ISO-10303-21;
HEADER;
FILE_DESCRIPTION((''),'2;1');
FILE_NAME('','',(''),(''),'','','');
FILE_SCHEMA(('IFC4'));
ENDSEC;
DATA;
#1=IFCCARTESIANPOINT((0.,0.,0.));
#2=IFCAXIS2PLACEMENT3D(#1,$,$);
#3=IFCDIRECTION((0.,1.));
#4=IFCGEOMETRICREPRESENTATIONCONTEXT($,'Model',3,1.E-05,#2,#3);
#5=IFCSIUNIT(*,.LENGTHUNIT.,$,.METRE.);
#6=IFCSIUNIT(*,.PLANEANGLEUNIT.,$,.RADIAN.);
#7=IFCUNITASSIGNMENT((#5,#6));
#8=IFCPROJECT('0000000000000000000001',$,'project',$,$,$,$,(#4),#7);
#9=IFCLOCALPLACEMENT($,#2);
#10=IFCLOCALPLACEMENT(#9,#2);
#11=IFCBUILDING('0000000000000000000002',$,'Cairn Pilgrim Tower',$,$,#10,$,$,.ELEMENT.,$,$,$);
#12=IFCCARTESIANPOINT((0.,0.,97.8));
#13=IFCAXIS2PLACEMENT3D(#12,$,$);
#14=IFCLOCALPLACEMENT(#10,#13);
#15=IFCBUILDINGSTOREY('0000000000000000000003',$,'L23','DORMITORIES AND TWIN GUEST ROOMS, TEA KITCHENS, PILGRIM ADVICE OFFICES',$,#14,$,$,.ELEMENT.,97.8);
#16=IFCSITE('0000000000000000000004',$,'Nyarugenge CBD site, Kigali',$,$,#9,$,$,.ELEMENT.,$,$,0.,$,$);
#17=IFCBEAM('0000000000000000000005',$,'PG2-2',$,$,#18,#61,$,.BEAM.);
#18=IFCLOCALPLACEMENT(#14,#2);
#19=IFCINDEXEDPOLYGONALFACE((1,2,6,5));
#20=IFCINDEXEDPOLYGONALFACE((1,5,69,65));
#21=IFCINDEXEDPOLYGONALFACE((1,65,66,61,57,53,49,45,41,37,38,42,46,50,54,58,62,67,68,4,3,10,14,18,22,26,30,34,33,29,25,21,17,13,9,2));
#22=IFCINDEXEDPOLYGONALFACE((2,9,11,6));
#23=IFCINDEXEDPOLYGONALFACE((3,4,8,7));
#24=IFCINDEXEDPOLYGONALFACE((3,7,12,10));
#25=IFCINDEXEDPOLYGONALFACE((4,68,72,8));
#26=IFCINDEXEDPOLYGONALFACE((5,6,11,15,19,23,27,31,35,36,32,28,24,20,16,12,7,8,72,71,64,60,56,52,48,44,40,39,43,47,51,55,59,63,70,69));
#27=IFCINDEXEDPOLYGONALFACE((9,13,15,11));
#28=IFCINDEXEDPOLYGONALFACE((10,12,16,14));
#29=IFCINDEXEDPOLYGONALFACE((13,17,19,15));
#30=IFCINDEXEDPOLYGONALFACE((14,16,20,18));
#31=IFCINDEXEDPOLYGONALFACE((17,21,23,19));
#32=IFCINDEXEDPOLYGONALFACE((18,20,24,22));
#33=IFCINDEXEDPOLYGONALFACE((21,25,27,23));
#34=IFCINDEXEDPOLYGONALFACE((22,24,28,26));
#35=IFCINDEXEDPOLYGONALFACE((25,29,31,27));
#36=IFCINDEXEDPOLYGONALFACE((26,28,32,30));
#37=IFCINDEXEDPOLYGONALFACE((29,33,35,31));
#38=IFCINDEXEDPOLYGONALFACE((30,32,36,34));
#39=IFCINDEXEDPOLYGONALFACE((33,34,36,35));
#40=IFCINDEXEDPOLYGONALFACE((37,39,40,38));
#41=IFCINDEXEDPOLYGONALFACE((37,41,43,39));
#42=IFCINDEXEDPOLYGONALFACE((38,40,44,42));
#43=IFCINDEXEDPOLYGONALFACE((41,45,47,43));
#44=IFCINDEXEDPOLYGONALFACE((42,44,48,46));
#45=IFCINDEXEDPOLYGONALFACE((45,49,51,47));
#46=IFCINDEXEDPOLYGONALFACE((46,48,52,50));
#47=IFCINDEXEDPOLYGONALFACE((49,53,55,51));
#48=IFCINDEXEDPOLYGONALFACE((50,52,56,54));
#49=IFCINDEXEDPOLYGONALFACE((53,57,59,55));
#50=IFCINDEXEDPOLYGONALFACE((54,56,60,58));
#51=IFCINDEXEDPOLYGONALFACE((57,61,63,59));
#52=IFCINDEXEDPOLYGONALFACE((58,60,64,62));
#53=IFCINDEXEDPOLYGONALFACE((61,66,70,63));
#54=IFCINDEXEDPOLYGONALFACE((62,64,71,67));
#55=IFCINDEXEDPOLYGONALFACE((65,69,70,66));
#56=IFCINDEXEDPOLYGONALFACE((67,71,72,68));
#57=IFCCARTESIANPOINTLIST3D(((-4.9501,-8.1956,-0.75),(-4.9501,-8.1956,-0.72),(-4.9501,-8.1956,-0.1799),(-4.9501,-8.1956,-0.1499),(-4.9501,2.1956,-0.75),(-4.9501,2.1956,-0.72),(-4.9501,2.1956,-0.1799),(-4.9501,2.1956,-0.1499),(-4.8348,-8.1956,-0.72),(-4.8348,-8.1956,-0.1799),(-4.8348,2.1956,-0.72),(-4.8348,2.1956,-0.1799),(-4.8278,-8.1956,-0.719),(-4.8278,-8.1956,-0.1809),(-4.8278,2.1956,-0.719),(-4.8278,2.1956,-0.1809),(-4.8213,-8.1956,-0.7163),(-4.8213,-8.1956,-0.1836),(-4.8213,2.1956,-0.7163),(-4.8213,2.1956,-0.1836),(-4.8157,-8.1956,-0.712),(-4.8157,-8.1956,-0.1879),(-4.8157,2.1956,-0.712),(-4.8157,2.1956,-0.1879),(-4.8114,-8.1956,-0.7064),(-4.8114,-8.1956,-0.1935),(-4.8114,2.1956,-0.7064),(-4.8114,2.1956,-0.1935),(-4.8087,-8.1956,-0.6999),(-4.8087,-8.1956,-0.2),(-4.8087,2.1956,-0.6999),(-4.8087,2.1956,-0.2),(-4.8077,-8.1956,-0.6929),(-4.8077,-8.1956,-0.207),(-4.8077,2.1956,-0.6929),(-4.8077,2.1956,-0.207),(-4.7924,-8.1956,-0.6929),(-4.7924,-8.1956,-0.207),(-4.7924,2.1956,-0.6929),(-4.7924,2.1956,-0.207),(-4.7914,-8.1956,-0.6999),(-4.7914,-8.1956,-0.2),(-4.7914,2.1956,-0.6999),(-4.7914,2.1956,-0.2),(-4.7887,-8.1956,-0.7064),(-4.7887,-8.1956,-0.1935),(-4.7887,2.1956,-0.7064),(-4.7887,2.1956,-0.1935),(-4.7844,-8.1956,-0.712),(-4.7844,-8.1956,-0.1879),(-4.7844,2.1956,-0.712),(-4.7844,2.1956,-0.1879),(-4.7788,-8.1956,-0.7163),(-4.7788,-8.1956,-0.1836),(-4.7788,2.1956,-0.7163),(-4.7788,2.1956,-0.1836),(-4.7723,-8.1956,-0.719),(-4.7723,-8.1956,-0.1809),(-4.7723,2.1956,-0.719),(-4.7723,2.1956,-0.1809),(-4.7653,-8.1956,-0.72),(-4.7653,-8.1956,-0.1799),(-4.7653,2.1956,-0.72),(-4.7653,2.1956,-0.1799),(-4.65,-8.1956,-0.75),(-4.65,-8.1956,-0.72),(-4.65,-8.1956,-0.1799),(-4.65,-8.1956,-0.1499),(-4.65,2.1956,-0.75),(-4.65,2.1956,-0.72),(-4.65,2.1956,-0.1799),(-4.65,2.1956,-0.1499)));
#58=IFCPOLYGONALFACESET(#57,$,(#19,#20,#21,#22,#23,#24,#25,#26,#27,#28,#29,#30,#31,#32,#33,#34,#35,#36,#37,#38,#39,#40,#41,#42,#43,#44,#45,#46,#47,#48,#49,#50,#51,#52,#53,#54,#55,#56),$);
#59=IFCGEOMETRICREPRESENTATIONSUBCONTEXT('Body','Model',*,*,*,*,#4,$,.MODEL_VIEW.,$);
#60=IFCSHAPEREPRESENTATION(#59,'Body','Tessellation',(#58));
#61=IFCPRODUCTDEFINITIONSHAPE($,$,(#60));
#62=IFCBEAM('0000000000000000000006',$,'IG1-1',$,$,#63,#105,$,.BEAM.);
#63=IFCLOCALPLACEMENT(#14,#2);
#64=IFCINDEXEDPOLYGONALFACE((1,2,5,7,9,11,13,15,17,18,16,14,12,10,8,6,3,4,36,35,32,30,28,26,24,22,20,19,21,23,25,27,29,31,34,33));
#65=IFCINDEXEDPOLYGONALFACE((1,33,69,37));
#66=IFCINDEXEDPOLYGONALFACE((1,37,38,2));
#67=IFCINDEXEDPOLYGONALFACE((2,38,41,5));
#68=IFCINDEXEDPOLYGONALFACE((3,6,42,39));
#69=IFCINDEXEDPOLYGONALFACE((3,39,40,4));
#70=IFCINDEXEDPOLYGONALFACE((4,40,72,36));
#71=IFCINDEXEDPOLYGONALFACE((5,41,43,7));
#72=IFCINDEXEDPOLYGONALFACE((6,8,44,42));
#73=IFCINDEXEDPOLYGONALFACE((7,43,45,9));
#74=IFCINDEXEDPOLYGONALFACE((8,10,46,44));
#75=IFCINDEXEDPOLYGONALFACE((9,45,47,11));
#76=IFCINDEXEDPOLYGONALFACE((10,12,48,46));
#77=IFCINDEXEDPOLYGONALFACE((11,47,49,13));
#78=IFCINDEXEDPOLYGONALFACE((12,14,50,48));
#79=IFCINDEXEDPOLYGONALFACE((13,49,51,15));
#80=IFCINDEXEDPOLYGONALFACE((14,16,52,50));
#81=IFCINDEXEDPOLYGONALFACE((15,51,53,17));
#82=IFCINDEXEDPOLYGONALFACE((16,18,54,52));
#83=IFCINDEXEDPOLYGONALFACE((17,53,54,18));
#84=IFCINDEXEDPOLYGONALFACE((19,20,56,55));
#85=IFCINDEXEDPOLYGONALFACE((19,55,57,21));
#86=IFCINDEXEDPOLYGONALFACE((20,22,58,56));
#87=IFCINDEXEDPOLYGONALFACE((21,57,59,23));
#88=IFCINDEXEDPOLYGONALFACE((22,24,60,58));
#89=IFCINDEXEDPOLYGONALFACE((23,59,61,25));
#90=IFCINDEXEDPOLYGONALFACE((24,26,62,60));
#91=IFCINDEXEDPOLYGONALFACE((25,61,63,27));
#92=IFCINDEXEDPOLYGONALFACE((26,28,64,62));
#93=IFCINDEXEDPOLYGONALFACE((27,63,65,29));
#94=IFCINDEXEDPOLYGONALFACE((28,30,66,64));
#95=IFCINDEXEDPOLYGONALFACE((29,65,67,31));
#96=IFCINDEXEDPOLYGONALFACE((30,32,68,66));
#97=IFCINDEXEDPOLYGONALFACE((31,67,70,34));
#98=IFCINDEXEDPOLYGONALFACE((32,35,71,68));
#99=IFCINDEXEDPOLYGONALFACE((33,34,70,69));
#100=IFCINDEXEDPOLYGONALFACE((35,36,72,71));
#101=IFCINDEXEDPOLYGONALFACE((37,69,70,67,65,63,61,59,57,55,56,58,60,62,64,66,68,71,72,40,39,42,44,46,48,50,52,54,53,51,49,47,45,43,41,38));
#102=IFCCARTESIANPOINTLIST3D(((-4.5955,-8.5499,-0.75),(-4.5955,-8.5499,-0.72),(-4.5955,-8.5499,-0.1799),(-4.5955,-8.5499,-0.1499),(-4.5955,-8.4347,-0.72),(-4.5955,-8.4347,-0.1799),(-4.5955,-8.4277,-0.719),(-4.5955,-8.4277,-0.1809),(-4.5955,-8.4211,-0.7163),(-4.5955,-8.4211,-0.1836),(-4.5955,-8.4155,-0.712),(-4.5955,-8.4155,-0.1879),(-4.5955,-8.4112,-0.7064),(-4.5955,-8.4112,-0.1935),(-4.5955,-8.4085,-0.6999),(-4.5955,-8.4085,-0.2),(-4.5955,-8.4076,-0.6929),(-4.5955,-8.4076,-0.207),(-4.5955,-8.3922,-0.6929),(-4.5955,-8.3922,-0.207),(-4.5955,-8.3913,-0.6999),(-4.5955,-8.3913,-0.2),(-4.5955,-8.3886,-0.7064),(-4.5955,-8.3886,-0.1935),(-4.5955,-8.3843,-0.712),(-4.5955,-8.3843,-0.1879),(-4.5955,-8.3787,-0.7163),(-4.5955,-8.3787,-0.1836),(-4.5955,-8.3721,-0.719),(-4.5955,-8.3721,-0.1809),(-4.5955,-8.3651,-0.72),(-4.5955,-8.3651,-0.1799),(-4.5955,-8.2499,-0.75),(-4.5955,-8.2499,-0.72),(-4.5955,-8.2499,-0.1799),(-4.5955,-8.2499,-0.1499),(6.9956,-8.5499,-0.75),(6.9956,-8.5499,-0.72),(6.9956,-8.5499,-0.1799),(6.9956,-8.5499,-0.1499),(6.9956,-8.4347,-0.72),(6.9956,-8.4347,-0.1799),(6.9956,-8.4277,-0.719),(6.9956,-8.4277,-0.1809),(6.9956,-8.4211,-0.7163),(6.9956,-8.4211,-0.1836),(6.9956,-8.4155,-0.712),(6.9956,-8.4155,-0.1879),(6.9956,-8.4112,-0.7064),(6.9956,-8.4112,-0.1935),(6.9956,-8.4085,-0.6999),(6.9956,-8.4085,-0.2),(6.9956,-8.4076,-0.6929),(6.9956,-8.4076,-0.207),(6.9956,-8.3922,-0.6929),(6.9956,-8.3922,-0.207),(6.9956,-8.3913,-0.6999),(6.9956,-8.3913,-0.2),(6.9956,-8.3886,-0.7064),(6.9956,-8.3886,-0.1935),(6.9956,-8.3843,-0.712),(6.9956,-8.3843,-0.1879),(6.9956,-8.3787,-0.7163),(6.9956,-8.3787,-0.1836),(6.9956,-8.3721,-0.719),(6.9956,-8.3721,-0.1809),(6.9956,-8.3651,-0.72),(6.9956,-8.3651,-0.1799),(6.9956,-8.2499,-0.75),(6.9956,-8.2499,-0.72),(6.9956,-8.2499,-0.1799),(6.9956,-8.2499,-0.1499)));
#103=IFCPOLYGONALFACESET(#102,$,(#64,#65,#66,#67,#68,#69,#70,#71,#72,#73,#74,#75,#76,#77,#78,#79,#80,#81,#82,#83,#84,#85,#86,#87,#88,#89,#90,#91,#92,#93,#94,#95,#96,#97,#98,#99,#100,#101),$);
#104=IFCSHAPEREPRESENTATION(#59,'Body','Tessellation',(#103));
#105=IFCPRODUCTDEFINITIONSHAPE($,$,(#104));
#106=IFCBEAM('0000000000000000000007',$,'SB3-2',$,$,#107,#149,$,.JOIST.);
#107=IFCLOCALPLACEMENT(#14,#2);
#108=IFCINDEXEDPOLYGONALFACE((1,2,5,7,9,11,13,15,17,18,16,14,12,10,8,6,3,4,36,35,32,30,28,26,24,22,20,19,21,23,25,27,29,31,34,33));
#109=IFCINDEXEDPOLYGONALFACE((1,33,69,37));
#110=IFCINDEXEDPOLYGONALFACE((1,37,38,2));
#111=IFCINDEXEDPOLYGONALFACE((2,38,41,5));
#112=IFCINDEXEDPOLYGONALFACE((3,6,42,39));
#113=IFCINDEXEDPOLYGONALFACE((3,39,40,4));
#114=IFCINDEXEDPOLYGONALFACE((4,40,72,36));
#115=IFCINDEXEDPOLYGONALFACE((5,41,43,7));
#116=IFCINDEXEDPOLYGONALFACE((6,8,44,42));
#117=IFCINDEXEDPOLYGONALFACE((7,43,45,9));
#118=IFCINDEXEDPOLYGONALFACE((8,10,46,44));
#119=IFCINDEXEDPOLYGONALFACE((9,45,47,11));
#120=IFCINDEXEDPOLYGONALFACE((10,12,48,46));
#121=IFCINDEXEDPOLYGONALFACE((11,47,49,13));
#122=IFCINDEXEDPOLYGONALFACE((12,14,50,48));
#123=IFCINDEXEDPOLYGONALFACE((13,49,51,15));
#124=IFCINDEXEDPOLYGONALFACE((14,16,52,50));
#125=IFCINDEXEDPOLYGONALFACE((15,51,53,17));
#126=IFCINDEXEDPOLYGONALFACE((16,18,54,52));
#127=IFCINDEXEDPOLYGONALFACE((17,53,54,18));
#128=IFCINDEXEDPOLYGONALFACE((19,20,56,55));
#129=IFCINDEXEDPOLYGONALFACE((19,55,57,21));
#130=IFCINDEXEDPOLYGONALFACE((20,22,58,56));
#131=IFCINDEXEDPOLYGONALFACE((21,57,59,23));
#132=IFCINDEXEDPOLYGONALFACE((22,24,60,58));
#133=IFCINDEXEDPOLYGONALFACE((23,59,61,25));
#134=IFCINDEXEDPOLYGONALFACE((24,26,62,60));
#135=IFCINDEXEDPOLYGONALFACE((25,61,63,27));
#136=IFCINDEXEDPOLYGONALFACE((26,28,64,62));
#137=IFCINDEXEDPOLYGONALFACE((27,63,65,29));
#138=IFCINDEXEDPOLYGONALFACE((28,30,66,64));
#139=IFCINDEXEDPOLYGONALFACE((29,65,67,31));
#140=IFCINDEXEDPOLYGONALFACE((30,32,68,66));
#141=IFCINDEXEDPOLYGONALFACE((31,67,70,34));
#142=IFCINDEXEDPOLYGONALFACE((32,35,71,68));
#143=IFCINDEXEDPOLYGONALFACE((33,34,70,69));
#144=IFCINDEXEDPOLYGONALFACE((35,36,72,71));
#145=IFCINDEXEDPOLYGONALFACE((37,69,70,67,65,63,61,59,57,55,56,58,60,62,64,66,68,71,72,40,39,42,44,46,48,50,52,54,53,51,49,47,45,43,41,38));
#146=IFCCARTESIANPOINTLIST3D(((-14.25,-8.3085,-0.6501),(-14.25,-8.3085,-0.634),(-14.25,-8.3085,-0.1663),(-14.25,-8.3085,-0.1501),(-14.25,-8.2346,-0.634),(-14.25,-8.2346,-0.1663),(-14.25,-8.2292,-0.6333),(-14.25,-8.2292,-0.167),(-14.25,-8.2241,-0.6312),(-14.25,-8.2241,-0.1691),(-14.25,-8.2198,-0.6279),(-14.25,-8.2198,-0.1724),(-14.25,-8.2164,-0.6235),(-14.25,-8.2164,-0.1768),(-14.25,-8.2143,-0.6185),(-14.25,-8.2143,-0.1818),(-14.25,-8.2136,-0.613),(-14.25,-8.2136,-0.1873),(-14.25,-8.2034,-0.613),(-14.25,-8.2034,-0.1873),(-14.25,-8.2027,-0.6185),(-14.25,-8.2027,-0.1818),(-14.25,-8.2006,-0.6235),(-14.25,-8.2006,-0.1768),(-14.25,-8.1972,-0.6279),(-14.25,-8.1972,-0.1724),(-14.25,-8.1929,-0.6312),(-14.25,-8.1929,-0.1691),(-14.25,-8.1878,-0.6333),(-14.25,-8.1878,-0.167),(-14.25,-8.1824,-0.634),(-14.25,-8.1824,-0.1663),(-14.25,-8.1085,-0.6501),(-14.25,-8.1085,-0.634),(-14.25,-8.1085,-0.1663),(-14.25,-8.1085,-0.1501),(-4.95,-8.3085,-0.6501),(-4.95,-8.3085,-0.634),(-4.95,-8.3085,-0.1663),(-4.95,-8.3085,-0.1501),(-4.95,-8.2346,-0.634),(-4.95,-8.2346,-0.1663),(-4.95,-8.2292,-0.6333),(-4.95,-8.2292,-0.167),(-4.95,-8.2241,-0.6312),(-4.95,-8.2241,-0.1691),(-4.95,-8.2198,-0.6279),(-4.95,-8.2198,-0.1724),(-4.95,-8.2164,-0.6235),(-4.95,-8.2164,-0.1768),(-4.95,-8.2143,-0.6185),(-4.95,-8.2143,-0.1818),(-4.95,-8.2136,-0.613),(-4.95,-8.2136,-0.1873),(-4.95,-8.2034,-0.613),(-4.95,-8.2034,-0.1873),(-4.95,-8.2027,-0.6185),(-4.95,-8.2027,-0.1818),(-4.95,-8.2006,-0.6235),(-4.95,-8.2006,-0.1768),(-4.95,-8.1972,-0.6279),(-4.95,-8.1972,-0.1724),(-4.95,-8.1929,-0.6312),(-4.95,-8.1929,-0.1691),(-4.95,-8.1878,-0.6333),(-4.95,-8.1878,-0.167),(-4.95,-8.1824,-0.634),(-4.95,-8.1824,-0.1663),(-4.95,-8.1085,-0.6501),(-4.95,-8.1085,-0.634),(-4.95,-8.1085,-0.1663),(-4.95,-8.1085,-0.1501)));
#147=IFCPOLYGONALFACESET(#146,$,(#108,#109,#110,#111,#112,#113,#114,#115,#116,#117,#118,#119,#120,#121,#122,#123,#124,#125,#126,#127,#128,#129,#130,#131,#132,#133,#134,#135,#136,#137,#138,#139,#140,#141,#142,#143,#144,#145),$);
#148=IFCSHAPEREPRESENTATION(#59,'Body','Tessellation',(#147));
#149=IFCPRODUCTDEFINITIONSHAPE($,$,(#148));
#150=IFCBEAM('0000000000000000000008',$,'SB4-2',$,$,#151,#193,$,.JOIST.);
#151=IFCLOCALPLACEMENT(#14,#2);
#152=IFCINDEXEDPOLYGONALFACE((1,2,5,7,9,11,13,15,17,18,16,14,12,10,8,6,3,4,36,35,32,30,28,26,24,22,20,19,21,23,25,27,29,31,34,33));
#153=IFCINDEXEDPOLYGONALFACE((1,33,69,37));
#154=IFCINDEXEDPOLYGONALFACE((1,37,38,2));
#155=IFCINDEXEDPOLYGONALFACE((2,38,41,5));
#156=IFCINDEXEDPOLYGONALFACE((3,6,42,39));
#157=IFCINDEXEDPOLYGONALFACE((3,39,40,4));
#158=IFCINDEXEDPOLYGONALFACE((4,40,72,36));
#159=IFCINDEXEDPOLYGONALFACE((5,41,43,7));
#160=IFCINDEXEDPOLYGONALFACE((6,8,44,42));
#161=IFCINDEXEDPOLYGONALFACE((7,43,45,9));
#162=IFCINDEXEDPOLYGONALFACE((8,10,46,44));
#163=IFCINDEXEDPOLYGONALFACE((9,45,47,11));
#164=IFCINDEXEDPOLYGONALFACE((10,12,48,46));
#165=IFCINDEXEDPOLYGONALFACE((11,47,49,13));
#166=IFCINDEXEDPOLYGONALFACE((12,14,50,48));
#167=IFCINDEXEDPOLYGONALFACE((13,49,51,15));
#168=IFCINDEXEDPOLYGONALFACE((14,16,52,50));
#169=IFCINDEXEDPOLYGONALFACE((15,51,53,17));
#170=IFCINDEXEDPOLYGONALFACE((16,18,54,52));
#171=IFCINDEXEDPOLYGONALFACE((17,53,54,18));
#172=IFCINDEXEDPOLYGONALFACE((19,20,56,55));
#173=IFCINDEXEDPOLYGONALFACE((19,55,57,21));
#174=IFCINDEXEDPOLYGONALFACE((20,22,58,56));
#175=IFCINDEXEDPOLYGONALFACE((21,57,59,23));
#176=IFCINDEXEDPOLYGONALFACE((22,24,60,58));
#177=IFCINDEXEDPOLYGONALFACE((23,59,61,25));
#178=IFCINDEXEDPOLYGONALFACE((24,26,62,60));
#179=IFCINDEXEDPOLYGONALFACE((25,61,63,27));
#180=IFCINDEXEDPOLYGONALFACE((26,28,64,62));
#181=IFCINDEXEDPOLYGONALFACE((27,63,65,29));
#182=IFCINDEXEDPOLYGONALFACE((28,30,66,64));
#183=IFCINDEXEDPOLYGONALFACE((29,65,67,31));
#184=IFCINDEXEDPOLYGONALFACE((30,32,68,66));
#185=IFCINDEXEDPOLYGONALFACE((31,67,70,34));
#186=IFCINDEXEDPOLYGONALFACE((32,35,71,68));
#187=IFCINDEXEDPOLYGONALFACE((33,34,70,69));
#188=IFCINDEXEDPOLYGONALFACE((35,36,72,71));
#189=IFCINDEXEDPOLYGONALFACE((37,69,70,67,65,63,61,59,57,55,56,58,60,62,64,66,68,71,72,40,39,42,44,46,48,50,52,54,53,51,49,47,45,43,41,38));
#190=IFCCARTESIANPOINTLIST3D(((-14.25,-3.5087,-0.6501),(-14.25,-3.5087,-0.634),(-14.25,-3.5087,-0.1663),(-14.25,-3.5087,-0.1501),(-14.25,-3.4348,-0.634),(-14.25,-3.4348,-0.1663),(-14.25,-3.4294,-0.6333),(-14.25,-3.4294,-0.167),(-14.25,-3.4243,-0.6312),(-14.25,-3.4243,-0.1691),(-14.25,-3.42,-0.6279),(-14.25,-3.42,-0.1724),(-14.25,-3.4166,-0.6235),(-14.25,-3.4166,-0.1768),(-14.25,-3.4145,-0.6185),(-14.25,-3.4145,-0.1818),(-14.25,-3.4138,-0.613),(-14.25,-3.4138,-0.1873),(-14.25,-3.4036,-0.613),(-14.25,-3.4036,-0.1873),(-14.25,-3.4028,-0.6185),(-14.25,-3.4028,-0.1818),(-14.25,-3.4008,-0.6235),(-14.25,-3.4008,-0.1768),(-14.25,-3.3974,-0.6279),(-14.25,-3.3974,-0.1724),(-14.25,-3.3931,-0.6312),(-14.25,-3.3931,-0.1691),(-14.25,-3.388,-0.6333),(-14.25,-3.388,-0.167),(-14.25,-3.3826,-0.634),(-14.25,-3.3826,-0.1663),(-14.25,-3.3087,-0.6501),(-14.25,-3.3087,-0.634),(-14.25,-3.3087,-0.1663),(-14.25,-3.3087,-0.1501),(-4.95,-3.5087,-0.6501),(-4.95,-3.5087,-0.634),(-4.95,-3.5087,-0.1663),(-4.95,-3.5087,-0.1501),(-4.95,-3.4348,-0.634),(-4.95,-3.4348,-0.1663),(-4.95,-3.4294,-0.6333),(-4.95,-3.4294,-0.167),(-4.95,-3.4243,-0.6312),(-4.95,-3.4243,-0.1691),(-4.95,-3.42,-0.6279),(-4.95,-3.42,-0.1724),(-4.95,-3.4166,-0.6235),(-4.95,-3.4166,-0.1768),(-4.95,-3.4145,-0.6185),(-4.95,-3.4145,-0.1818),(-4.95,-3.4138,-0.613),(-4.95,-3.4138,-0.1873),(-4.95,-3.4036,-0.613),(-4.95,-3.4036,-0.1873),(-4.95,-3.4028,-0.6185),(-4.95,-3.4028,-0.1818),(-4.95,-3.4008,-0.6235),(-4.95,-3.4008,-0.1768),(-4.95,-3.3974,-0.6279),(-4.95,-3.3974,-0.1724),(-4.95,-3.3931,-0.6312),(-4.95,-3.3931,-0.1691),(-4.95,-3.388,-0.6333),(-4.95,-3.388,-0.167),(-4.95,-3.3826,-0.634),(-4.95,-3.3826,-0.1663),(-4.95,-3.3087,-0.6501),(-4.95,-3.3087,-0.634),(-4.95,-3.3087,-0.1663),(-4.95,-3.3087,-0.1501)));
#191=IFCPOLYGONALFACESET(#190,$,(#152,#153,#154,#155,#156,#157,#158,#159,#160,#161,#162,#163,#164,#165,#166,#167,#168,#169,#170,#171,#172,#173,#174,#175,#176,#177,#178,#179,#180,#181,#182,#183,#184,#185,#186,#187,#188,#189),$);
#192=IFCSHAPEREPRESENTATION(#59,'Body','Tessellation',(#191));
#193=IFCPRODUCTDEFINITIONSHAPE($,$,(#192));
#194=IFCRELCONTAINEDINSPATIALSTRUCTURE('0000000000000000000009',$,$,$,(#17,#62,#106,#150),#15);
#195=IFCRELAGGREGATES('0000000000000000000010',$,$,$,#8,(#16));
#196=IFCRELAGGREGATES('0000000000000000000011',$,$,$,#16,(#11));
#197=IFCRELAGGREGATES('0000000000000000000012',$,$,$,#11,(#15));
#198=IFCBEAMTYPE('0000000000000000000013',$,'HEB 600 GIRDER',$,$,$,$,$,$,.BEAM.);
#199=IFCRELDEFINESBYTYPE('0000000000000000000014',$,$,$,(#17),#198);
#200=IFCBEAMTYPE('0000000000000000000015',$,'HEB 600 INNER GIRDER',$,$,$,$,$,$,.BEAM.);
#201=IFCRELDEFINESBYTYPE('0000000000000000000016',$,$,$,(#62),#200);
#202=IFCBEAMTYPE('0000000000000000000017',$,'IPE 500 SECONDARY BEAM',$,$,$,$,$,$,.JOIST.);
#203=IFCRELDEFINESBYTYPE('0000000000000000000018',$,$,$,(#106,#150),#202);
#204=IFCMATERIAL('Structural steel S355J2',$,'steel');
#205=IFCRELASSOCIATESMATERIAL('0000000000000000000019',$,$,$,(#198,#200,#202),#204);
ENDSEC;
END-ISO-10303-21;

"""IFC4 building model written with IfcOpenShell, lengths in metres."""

from ifc_helpers import new_model, si_unit, direction, frame, origin, origin_2d, place, context, subcontext, project, spatial, i_section, extrude, material, material_profile, profile_set, type_object, element, save


model = new_model("IFC4")

# Units and contexts
model_context = context("Model", 3, precision=1e-05, world=origin(), true_north=direction((0.0, 1.0)))
body_context = subcontext(model_context, "Body", "Model", "MODEL_VIEW")
ifc_project = project(units=[si_unit("LENGTHUNIT", "METRE"), si_unit("PLANEANGLEUNIT", "RADIAN")], contexts=[model_context])

# Site, building, storey
site_placement = place(None, origin())
site = spatial("IfcSite", under=ifc_project, at=site_placement, Name="Nyarugenge CBD site, Kigali", CompositionType="ELEMENT", RefElevation=0.0)
building_placement = place(site_placement, origin())
building = spatial("IfcBuilding", under=site, at=building_placement, Name="Cairn Pilgrim Tower", CompositionType="ELEMENT")
storey_placement = place(building_placement, frame((0.0, 0.0, 97.8)))
storey = spatial("IfcBuildingStorey", under=building, at=storey_placement, Name="L23", Description="DORMITORIES AND TWIN GUEST ROOMS, TEA KITCHENS, PILGRIM ADVICE OFFICES", CompositionType="ELEMENT", Elevation=97.8)

# Beams
ifc_material_1 = material(Name="Structural steel S355J2", Category="steel")
ifc_material_profile_1 = material_profile(ifc_material_1, i_section(OverallWidth=0.3, OverallDepth=0.6001, WebThickness=0.0154, FlangeThickness=0.03, FilletRadius=0.0271, at=origin_2d()), Name="HEB 600")
ifc_profile_set_1 = profile_set([ifc_material_profile_1], Name="Structural steel S355J2")
beam_type_1 = type_object("IfcBeamType", Name="HEB 600 GIRDER", PredefinedType="BEAM", material=ifc_profile_set_1)
beam_1_placement = place(storey_placement, frame((-4.8, -8.1956, -0.45), z_axis=(0.0, 1.0, 0.0), x_axis=(-1.0, 0.0, 0.0)))
element("IfcBeam", 1, at=beam_1_placement, inside=storey, type_object=beam_type_1, Name="PG2-2", PredefinedType="BEAM", context=body_context, shape_type="SweptSolid", body=[
    extrude(i_section(OverallWidth=0.3, OverallDepth=0.6001, WebThickness=0.0154, FlangeThickness=0.03, FilletRadius=0.0271, at=origin_2d()), origin(), (0.0, 0.0, 1.0), 10.3911),
])
ifc_material_profile_2 = material_profile(ifc_material_1, i_section(OverallWidth=0.3, OverallDepth=0.6001, WebThickness=0.0154, FlangeThickness=0.03, FilletRadius=0.0271, at=origin_2d()), Name="HEB 600")
ifc_profile_set_2 = profile_set([ifc_material_profile_2], Name="Structural steel S355J2")
beam_type_2 = type_object("IfcBeamType", Name="HEB 600 INNER GIRDER", PredefinedType="BEAM", material=ifc_profile_set_2)
beam_2_placement = place(storey_placement, frame((-4.5955, -8.3999, -0.45), z_axis=(1.0, 0.0, 0.0), x_axis=(0.0, 1.0, 0.0)))
element("IfcBeam", 2, at=beam_2_placement, inside=storey, type_object=beam_type_2, Name="IG1-1", PredefinedType="BEAM", context=body_context, shape_type="SweptSolid", body=[
    extrude(i_section(OverallWidth=0.3, OverallDepth=0.6001, WebThickness=0.0154, FlangeThickness=0.03, FilletRadius=0.0271, at=origin_2d()), origin(), (0.0, 0.0, 1.0), 11.5911),
])
ifc_material_profile_3 = material_profile(ifc_material_1, i_section(OverallWidth=0.2, OverallDepth=0.5, WebThickness=0.0103, FlangeThickness=0.0161, FilletRadius=0.021, at=origin_2d()), Name="IPE 500")
ifc_profile_set_3 = profile_set([ifc_material_profile_3], Name="Structural steel S355J2")
beam_type_3 = type_object("IfcBeamType", Name="IPE 500 SECONDARY BEAM", PredefinedType="JOIST", material=ifc_profile_set_3)
for number, where, z_axis, x_axis, name in (
    (3, (-14.25, -8.2085, -0.4001), (1.0, 0.0, 0.0), (0.0, 1.0, 0.0), "SB3-2"),
    (4, (-14.25, -3.4087, -0.4001), (1.0, 0.0, 0.0), (0.0, 1.0, 0.0), "SB4-2"),
):
    element("IfcBeam", number, at=place(storey_placement, frame(where, z_axis=z_axis, x_axis=x_axis)), inside=storey, type_object=beam_type_3, Name=name, PredefinedType="JOIST", context=body_context, shape_type="SweptSolid", body=[
        extrude(i_section(OverallWidth=0.2, OverallDepth=0.5, WebThickness=0.0103, FlangeThickness=0.0161, FilletRadius=0.021, at=origin_2d()), origin(), (0.0, 0.0, 1.0), 9.3),
    ])

save(model, "model.ifc")
